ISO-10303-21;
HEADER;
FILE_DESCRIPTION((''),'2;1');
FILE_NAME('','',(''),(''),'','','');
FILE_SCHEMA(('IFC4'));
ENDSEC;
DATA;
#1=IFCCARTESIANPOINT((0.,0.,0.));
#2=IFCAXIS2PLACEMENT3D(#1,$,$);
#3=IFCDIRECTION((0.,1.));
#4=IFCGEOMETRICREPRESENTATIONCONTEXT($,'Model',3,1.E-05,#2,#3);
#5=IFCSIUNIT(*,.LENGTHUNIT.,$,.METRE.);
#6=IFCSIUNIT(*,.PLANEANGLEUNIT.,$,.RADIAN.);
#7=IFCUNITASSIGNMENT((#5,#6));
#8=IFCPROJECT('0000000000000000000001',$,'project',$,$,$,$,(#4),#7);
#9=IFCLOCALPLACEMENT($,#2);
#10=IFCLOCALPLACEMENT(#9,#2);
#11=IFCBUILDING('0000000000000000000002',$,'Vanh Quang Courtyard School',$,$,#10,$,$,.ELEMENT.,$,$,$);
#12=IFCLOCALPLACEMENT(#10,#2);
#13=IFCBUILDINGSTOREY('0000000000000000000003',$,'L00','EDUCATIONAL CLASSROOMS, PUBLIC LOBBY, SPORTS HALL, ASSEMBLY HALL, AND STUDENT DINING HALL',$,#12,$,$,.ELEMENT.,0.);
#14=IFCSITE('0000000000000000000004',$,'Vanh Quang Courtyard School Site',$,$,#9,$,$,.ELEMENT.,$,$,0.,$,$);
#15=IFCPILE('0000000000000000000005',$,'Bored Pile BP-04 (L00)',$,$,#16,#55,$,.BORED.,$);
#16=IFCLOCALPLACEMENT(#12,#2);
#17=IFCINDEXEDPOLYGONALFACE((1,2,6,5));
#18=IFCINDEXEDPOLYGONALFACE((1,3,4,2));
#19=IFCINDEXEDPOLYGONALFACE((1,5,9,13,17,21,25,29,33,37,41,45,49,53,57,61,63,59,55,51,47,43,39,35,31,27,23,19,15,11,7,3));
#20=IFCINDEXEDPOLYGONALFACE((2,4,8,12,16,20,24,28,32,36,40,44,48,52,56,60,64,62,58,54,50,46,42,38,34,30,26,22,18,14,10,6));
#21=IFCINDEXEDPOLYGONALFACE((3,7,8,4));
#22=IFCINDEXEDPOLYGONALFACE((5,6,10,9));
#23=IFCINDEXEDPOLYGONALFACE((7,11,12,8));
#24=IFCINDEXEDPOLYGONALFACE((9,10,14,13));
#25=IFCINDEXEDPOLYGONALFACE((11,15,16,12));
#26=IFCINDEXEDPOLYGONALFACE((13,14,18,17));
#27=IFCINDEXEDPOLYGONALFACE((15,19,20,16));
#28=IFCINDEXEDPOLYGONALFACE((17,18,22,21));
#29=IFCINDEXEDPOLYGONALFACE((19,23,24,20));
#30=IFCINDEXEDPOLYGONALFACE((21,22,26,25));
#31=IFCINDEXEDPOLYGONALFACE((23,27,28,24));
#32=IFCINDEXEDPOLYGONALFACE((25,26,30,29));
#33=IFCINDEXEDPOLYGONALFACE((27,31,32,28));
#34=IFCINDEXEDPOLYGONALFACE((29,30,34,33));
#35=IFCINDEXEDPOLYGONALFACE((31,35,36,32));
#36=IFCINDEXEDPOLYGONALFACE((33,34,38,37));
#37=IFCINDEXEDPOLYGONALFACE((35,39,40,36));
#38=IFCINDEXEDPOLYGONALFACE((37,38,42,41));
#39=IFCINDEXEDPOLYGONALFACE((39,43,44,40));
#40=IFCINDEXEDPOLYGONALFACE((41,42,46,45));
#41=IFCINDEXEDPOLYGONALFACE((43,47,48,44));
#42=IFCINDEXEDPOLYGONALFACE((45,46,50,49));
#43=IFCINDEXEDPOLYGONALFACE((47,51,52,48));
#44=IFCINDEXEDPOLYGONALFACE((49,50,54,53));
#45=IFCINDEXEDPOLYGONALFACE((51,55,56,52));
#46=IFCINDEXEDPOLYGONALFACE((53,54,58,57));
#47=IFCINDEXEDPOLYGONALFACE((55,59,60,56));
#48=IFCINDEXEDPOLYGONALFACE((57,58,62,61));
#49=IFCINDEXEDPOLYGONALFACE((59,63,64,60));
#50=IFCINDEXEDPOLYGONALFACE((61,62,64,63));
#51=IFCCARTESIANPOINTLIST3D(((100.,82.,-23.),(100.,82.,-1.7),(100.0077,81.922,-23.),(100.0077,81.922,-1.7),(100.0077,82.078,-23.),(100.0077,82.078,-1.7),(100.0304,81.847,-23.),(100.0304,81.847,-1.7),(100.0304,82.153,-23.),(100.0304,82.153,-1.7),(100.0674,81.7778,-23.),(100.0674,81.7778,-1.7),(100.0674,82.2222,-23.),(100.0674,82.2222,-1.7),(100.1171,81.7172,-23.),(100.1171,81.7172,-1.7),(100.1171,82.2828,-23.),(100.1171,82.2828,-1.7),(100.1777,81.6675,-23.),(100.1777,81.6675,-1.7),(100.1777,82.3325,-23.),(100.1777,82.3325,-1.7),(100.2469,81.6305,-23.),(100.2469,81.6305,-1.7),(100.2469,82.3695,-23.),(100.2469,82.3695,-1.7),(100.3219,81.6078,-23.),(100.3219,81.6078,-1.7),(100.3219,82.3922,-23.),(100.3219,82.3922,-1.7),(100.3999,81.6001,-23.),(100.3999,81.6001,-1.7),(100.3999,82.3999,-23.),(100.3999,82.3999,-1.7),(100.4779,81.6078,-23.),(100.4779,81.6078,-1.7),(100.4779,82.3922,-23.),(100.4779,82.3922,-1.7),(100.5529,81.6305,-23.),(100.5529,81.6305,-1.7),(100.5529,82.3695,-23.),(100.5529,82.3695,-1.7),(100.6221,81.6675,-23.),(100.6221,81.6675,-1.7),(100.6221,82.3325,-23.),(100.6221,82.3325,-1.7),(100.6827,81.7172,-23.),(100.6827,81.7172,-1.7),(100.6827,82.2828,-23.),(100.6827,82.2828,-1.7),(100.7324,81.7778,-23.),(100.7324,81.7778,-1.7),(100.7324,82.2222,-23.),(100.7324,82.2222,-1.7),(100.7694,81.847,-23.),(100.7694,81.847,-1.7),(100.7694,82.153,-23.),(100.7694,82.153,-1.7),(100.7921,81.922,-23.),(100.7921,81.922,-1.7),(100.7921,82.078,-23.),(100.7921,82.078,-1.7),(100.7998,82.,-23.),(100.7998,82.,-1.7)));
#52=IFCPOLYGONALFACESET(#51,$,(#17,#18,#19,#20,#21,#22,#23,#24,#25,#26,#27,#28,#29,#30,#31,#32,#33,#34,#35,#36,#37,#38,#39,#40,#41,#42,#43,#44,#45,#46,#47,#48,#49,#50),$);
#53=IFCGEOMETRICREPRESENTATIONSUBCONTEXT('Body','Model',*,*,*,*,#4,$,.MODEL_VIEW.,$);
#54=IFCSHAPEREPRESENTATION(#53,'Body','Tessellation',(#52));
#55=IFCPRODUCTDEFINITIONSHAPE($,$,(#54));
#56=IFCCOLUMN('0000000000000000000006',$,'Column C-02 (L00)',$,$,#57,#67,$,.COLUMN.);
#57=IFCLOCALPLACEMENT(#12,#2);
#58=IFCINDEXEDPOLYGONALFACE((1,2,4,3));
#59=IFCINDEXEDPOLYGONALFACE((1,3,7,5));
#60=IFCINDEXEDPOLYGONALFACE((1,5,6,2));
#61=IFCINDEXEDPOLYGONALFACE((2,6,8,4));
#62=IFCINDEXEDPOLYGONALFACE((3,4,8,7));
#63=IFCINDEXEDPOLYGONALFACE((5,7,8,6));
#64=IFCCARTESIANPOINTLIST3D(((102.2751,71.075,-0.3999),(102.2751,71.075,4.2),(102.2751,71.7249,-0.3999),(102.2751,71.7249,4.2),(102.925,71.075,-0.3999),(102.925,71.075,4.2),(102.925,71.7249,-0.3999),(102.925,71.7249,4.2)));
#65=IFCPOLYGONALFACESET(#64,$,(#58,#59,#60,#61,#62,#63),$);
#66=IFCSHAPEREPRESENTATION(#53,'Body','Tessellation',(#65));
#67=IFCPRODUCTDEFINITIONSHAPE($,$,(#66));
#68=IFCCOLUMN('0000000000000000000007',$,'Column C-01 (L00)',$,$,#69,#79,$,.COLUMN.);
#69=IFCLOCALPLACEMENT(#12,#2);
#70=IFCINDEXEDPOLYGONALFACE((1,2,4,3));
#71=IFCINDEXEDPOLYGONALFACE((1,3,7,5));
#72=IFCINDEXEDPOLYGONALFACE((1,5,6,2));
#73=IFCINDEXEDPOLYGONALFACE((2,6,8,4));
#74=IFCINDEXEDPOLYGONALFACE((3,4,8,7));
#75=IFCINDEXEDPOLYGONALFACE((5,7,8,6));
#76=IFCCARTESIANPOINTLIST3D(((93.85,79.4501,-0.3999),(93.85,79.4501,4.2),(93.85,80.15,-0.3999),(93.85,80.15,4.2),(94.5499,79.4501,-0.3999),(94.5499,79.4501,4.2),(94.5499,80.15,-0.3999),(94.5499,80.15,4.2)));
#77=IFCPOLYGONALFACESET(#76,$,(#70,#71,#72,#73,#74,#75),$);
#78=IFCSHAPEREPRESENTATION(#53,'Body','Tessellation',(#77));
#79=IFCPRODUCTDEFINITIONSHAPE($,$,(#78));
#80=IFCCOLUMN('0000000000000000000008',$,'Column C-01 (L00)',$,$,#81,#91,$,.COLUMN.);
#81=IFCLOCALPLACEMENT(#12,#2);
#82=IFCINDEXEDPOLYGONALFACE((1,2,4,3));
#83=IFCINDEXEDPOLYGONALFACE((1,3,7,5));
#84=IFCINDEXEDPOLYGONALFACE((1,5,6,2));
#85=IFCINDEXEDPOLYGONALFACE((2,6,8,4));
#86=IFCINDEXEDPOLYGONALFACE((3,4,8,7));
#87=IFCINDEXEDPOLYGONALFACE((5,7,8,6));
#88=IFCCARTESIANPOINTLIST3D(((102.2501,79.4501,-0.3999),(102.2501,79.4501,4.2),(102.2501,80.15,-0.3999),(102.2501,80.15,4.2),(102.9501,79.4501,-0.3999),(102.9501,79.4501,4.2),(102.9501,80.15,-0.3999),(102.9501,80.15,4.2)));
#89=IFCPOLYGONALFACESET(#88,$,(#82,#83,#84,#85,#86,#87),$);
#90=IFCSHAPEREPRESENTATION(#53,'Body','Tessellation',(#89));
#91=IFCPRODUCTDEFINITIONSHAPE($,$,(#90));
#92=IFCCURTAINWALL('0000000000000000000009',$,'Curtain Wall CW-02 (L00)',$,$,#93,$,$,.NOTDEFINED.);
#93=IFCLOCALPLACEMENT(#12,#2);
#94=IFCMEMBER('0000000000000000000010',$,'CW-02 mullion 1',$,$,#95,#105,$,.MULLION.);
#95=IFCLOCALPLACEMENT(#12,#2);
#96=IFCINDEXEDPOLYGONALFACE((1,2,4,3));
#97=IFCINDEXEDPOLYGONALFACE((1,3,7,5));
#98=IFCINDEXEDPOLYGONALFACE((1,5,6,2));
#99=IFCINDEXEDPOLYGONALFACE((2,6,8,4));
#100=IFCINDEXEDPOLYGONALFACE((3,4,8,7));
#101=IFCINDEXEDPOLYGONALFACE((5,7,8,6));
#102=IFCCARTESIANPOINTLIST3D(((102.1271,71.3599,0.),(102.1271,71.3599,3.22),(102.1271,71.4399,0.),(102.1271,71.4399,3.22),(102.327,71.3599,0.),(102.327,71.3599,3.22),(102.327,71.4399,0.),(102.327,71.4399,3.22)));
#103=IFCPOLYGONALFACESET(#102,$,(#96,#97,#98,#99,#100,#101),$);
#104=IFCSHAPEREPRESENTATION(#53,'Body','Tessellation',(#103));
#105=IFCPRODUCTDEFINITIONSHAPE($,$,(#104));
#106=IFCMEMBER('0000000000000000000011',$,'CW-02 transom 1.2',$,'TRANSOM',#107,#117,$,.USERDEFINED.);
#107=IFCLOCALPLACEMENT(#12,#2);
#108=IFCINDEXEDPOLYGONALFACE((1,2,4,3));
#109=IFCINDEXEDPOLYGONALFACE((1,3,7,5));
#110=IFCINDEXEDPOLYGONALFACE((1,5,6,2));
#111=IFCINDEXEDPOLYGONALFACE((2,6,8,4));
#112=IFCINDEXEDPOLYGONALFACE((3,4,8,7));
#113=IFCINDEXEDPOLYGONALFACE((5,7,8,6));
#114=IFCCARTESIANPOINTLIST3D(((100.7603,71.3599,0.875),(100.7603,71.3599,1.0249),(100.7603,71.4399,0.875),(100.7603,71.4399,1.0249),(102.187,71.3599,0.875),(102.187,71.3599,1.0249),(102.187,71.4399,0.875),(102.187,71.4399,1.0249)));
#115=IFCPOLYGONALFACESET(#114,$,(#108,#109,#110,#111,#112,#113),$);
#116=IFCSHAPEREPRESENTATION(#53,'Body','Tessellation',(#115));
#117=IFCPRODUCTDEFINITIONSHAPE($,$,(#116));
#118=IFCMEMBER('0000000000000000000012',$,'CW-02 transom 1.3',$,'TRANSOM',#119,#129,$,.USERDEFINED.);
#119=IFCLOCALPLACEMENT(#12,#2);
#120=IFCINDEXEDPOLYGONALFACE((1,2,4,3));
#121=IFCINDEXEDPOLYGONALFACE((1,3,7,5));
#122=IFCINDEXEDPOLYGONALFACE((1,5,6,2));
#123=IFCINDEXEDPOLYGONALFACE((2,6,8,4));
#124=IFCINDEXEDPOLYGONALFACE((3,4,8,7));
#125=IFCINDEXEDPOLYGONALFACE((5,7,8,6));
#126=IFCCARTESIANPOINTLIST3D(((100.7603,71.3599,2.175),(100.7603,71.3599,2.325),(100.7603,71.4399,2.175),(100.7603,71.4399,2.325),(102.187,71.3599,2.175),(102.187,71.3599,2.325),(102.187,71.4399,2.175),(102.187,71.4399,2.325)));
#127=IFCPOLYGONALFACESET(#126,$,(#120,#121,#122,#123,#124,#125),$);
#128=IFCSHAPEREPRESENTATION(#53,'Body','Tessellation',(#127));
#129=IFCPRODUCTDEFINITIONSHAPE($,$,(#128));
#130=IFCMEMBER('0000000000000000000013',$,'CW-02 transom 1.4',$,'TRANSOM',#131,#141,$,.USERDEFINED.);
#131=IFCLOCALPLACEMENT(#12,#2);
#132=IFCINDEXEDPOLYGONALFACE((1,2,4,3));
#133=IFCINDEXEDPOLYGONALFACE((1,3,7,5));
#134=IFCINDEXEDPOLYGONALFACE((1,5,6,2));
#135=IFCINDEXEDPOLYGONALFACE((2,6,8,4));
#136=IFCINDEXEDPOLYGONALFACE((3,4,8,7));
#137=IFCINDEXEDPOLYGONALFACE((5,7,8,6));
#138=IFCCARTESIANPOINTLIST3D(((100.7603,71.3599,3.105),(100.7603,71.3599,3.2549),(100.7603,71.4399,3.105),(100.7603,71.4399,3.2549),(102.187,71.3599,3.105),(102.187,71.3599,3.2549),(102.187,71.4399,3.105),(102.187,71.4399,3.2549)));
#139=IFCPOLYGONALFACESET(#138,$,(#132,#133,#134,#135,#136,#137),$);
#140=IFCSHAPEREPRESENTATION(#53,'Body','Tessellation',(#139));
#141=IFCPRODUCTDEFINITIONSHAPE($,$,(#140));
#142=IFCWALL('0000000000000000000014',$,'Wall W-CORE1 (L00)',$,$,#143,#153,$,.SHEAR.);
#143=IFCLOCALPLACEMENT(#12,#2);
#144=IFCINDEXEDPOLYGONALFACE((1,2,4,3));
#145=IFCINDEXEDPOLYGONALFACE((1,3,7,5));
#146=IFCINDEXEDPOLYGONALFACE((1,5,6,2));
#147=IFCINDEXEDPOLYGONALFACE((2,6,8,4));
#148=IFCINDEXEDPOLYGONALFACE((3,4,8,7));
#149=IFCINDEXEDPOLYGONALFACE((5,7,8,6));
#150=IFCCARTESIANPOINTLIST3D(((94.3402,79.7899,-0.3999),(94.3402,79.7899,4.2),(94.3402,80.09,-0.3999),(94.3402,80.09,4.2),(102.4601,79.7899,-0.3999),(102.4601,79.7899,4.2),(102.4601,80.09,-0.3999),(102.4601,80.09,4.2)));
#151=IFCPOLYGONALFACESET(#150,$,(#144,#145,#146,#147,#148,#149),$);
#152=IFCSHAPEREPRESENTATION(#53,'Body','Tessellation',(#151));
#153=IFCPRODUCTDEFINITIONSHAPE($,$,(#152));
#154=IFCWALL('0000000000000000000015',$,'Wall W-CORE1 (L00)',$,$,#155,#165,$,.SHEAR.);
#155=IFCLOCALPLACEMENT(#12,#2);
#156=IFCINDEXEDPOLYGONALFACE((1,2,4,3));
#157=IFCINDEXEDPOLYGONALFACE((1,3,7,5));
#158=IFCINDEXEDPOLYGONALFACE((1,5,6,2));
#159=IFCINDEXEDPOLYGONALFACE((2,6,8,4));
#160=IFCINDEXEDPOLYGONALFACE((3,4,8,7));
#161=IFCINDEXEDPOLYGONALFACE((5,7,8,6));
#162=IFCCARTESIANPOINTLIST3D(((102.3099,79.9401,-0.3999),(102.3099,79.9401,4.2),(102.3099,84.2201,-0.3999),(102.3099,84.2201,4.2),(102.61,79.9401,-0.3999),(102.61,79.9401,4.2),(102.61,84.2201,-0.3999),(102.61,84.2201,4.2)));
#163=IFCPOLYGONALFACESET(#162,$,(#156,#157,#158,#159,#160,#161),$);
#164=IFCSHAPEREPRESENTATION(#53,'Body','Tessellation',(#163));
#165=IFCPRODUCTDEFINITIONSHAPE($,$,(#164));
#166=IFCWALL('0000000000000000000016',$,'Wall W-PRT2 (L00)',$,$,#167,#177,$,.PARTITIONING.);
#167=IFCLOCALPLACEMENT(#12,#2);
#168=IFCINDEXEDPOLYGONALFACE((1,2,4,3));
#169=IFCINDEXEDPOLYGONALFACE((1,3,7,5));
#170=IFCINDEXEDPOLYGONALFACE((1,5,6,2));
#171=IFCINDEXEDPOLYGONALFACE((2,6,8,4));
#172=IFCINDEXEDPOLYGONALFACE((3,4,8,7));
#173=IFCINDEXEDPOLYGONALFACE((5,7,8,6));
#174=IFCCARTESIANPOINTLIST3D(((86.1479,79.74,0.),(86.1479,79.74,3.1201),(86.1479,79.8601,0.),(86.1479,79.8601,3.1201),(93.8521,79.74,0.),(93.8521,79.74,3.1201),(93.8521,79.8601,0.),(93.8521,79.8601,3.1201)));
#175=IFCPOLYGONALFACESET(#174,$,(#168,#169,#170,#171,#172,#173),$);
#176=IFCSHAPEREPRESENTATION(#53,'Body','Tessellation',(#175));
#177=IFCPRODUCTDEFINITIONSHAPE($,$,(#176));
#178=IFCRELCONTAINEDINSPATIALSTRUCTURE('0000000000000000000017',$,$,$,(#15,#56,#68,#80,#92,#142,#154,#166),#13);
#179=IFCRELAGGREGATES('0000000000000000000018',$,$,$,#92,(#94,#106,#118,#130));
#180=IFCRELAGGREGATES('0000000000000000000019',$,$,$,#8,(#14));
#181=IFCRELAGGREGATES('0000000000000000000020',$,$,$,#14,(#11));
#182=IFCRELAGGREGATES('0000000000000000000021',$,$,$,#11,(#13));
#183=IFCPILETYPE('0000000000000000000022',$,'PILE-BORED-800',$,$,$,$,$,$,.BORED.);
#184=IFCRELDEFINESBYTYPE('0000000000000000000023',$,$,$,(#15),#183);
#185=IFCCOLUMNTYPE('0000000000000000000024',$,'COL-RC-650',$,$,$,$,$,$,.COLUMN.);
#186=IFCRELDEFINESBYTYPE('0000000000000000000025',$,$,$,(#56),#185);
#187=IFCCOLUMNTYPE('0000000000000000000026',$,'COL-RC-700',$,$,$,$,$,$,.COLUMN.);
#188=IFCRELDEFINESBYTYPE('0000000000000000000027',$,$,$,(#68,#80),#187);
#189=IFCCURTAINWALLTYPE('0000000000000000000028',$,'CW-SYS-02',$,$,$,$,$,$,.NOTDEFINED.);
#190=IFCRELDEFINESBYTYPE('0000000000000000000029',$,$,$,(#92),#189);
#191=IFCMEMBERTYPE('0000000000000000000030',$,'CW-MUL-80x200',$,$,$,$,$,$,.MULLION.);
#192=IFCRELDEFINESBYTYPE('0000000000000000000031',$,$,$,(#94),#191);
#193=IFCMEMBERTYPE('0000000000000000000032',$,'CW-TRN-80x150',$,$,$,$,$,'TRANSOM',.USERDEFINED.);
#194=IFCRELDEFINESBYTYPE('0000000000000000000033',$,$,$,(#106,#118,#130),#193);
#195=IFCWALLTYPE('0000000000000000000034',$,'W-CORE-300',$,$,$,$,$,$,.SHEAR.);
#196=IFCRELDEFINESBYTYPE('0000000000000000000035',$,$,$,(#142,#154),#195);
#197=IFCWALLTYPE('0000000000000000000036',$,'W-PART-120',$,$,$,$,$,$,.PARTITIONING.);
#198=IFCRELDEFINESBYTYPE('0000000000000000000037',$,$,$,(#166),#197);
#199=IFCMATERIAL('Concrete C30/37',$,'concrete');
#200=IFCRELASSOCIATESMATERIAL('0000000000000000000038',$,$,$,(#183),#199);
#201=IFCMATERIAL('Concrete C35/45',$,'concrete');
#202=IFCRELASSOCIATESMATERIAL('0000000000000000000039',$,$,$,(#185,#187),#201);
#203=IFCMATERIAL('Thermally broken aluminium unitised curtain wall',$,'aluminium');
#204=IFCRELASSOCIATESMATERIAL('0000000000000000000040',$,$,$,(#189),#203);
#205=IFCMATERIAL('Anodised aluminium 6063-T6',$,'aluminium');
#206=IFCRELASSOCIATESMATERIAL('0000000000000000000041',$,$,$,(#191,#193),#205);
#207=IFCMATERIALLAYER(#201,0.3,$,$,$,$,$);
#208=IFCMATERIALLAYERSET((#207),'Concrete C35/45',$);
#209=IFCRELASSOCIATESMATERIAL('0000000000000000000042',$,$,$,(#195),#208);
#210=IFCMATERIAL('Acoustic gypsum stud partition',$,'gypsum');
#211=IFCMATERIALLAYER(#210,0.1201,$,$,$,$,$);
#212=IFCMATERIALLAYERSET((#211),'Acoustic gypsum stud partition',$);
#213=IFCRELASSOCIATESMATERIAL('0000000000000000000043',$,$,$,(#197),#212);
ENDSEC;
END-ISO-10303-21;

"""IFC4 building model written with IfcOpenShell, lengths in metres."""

from ifc_helpers import new_model, si_unit, direction, frame, frame_2d, origin, origin_2d, place, context, subcontext, project, spatial, rectangle, circle, extrude, material, layer, layer_set, material_profile, profile_set, type_object, element, aggregate, save


model = new_model("IFC4")

# Units and contexts
model_context = context("Model", 3, precision=1e-05, world=origin(), true_north=direction((0.0, 1.0)))
body_context = subcontext(model_context, "Body", "Model", "MODEL_VIEW")
ifc_project = project(units=[si_unit("LENGTHUNIT", "METRE"), si_unit("PLANEANGLEUNIT", "RADIAN")], contexts=[model_context])

# Site, building, storey
site_placement = place(None, origin())
site = spatial("IfcSite", under=ifc_project, at=site_placement, Name="Vanh Quang Courtyard School Site", CompositionType="ELEMENT", RefElevation=0.0)
building_placement = place(site_placement, origin())
building = spatial("IfcBuilding", under=site, at=building_placement, Name="Vanh Quang Courtyard School", CompositionType="ELEMENT")
storey_placement = place(building_placement, origin())
storey = spatial("IfcBuildingStorey", under=building, at=storey_placement, Name="L00", Description="EDUCATIONAL CLASSROOMS, PUBLIC LOBBY, SPORTS HALL, ASSEMBLY HALL, AND STUDENT DINING HALL", CompositionType="ELEMENT", Elevation=0.0)

# Shared definitions
ifc_material_1 = material(Name="Concrete C35/45", Category="concrete")

# Pile
ifc_material_2 = material(Name="Concrete C30/37", Category="concrete")
ifc_material_profile_1 = material_profile(ifc_material_2, circle(Radius=0.3999, at=origin_2d()), Name="PILE D800")
ifc_profile_set_1 = profile_set([ifc_material_profile_1], Name="Concrete C30/37")
pile_type_1 = type_object("IfcPileType", Name="PILE-BORED-800", PredefinedType="BORED", material=ifc_profile_set_1)
for number, where, z_axis, x_axis, name in (
    (1, (100.3999, 82.0, -1.7), (0.0, 0.0, -1.0), (1.0, 0.0, 0.0), "Bored Pile BP-04 (L00)"),
):
    element("IfcPile", number, at=place(storey_placement, frame(where, z_axis=z_axis, x_axis=x_axis)), inside=storey, type_object=pile_type_1, Name=name, PredefinedType="BORED", context=body_context, shape_type="SweptSolid", body=[
        extrude(circle(Radius=0.3999, at=origin_2d()), origin(), (0.0, 0.0, 1.0), 21.3),
    ])

# Columns
ifc_material_profile_2 = material_profile(ifc_material_1, rectangle(XDim=0.6499, YDim=0.6499, at=origin_2d()), Name="RC-COL 650x650")
ifc_profile_set_2 = profile_set([ifc_material_profile_2], Name="Concrete C35/45")
column_type_1 = type_object("IfcColumnType", Name="COL-RC-650", PredefinedType="COLUMN", material=ifc_profile_set_2)
column_placement = place(storey_placement, frame((102.6001, 71.3999, -0.3999), z_axis=(0.0, 0.0, 1.0), x_axis=(1.0, 0.0, 0.0)))
element("IfcColumn", 2, at=column_placement, inside=storey, type_object=column_type_1, Name="Column C-02 (L00)", PredefinedType="COLUMN", context=body_context, shape_type="SweptSolid", body=[
    extrude(rectangle(XDim=0.6499, YDim=0.6499, at=origin_2d()), origin(), (0.0, 0.0, 1.0), 4.5999),
])
ifc_material_profile_3 = material_profile(ifc_material_1, rectangle(XDim=0.7, YDim=0.7, at=origin_2d()), Name="RC-COL 700x700")
ifc_profile_set_3 = profile_set([ifc_material_profile_3], Name="Concrete C35/45")
column_type_2 = type_object("IfcColumnType", Name="COL-RC-700", PredefinedType="COLUMN", material=ifc_profile_set_3)
for number, where, z_axis, x_axis, name in (
    (3, (94.2, 79.8, -0.3999), (0.0, 0.0, 1.0), (1.0, 0.0, 0.0), "Column C-01 (L00)"),
    (4, (102.6001, 79.8, -0.3999), (0.0, 0.0, 1.0), (1.0, 0.0, 0.0), "Column C-01 (L00)"),
):
    element("IfcColumn", number, at=place(storey_placement, frame(where, z_axis=z_axis, x_axis=x_axis)), inside=storey, type_object=column_type_2, Name=name, PredefinedType="COLUMN", context=body_context, shape_type="SweptSolid", body=[
        extrude(rectangle(XDim=0.7, YDim=0.7, at=origin_2d()), origin(), (0.0, 0.0, 1.0), 4.5999),
    ])

# Curtain wall, members
ifc_material_3 = material(Name="Thermally broken aluminium unitised curtain wall", Category="aluminium")
curtain_wall_type = type_object("IfcCurtainWallType", Name="CW-SYS-02", PredefinedType="NOTDEFINED", material=ifc_material_3)
curtain_wall_placement = place(storey_placement, origin())
curtain_wall = element("IfcCurtainWall", 5, at=curtain_wall_placement, inside=storey, type_object=curtain_wall_type, Name="Curtain Wall CW-02 (L00)", PredefinedType="NOTDEFINED")
ifc_material_4 = material(Name="Anodised aluminium 6063-T6", Category="aluminium")
ifc_material_profile_4 = material_profile(ifc_material_4, rectangle(XDim=0.0801, YDim=0.2, at=origin_2d()), Name="ALU-MUL 80x200")
ifc_profile_set_4 = profile_set([ifc_material_profile_4], Name="Anodised aluminium 6063-T6")
member_type_1 = type_object("IfcMemberType", Name="CW-MUL-80x200", PredefinedType="MULLION", material=ifc_profile_set_4)
member_1_placement = place(storey_placement, frame((102.2271, 71.3999, 0.0), z_axis=(0.0, 0.0, 1.0), x_axis=(0.0, -1.0, 0.0)))
member_1 = element("IfcMember", 6, at=member_1_placement, type_object=member_type_1, Name="CW-02 mullion 1", PredefinedType="MULLION", context=body_context, shape_type="SweptSolid", body=[
    extrude(rectangle(XDim=0.0801, YDim=0.2, at=origin_2d()), origin(), (0.0, 0.0, 1.0), 3.22),
])
ifc_material_profile_5 = material_profile(ifc_material_4, rectangle(XDim=0.0801, YDim=0.1499, at=origin_2d()), Name="ALU-TRN 80x150")
ifc_profile_set_5 = profile_set([ifc_material_profile_5], Name="Anodised aluminium 6063-T6")
member_type_2 = type_object("IfcMemberType", Name="CW-TRN-80x150", ElementType="TRANSOM", PredefinedType="USERDEFINED", material=ifc_profile_set_5)
member_2_placement = place(storey_placement, frame((102.187, 71.3999, 0.95), z_axis=(-1.0, 0.0, 0.0), x_axis=(0.0, -1.0, 0.0)))
member_2 = element("IfcMember", 7, at=member_2_placement, type_object=member_type_2, Name="CW-02 transom 1.2", ObjectType="TRANSOM", PredefinedType="USERDEFINED", context=body_context, shape_type="SweptSolid", body=[
    extrude(rectangle(XDim=0.0801, YDim=0.1499, at=origin_2d()), origin(), (0.0, 0.0, 1.0), 1.4268),
])
member_3_placement = place(storey_placement, frame((102.187, 71.3999, 2.25), z_axis=(-1.0, 0.0, 0.0), x_axis=(0.0, -1.0, 0.0)))
member_3 = element("IfcMember", 8, at=member_3_placement, type_object=member_type_2, Name="CW-02 transom 1.3", ObjectType="TRANSOM", PredefinedType="USERDEFINED", context=body_context, shape_type="SweptSolid", body=[
    extrude(rectangle(XDim=0.0801, YDim=0.1499, at=origin_2d()), origin(), (0.0, 0.0, 1.0), 1.4268),
])
member_4_placement = place(storey_placement, frame((102.187, 71.3999, 3.1799), z_axis=(-1.0, 0.0, 0.0), x_axis=(0.0, -1.0, 0.0)))
member_4 = element("IfcMember", 9, at=member_4_placement, type_object=member_type_2, Name="CW-02 transom 1.4", ObjectType="TRANSOM", PredefinedType="USERDEFINED", context=body_context, shape_type="SweptSolid", body=[
    extrude(rectangle(XDim=0.0801, YDim=0.1499, at=origin_2d()), origin(), (0.0, 0.0, 1.0), 1.4268),
])
aggregate(curtain_wall, [member_1, member_2, member_3, member_4])

# Walls
ifc_layer_1 = layer(ifc_material_1, 0.3)
ifc_layer_set_1 = layer_set([ifc_layer_1], Name="Concrete C35/45")
wall_type_1 = type_object("IfcWallType", Name="W-CORE-300", PredefinedType="SHEAR", material=ifc_layer_set_1)
wall_1_placement = place(storey_placement, frame((94.3401, 79.9399, -0.3999), z_axis=(0.0, 0.0, 1.0), x_axis=(1.0, 0.0, 0.0)))
element("IfcWall", 10, at=wall_1_placement, inside=storey, type_object=wall_type_1, Name="Wall W-CORE1 (L00)", PredefinedType="SHEAR", context=body_context, shape_type="SweptSolid", body=[
    extrude(rectangle(XDim=8.1199, YDim=0.3, at=frame_2d((4.0601, 0.0))), origin(), (0.0, 0.0, 1.0), 4.5999),
])
wall_2_placement = place(storey_placement, frame((102.46, 79.9399, -0.3999), z_axis=(0.0, 0.0, 1.0), x_axis=(0.0, 1.0, 0.0)))
element("IfcWall", 11, at=wall_2_placement, inside=storey, type_object=wall_type_1, Name="Wall W-CORE1 (L00)", PredefinedType="SHEAR", context=body_context, shape_type="SweptSolid", body=[
    extrude(rectangle(XDim=4.28, YDim=0.3, at=frame_2d((2.1401, 0.0))), origin(), (0.0, 0.0, 1.0), 4.5999),
])
ifc_material_5 = material(Name="Acoustic gypsum stud partition", Category="gypsum")
ifc_layer_2 = layer(ifc_material_5, 0.1201)
ifc_layer_set_2 = layer_set([ifc_layer_2], Name="Acoustic gypsum stud partition")
wall_type_2 = type_object("IfcWallType", Name="W-PART-120", PredefinedType="PARTITIONING", material=ifc_layer_set_2)
wall_3_placement = place(storey_placement, frame((86.1479, 79.8, 0.0), z_axis=(0.0, 0.0, 1.0), x_axis=(1.0, 0.0, 0.0)))
element("IfcWall", 12, at=wall_3_placement, inside=storey, type_object=wall_type_2, Name="Wall W-PRT2 (L00)", PredefinedType="PARTITIONING", context=body_context, shape_type="SweptSolid", body=[
    extrude(rectangle(XDim=7.7041, YDim=0.1201, at=frame_2d((3.8521, 0.0))), origin(), (0.0, 0.0, 1.0), 3.1201),
])

save(model, "model.ifc")
